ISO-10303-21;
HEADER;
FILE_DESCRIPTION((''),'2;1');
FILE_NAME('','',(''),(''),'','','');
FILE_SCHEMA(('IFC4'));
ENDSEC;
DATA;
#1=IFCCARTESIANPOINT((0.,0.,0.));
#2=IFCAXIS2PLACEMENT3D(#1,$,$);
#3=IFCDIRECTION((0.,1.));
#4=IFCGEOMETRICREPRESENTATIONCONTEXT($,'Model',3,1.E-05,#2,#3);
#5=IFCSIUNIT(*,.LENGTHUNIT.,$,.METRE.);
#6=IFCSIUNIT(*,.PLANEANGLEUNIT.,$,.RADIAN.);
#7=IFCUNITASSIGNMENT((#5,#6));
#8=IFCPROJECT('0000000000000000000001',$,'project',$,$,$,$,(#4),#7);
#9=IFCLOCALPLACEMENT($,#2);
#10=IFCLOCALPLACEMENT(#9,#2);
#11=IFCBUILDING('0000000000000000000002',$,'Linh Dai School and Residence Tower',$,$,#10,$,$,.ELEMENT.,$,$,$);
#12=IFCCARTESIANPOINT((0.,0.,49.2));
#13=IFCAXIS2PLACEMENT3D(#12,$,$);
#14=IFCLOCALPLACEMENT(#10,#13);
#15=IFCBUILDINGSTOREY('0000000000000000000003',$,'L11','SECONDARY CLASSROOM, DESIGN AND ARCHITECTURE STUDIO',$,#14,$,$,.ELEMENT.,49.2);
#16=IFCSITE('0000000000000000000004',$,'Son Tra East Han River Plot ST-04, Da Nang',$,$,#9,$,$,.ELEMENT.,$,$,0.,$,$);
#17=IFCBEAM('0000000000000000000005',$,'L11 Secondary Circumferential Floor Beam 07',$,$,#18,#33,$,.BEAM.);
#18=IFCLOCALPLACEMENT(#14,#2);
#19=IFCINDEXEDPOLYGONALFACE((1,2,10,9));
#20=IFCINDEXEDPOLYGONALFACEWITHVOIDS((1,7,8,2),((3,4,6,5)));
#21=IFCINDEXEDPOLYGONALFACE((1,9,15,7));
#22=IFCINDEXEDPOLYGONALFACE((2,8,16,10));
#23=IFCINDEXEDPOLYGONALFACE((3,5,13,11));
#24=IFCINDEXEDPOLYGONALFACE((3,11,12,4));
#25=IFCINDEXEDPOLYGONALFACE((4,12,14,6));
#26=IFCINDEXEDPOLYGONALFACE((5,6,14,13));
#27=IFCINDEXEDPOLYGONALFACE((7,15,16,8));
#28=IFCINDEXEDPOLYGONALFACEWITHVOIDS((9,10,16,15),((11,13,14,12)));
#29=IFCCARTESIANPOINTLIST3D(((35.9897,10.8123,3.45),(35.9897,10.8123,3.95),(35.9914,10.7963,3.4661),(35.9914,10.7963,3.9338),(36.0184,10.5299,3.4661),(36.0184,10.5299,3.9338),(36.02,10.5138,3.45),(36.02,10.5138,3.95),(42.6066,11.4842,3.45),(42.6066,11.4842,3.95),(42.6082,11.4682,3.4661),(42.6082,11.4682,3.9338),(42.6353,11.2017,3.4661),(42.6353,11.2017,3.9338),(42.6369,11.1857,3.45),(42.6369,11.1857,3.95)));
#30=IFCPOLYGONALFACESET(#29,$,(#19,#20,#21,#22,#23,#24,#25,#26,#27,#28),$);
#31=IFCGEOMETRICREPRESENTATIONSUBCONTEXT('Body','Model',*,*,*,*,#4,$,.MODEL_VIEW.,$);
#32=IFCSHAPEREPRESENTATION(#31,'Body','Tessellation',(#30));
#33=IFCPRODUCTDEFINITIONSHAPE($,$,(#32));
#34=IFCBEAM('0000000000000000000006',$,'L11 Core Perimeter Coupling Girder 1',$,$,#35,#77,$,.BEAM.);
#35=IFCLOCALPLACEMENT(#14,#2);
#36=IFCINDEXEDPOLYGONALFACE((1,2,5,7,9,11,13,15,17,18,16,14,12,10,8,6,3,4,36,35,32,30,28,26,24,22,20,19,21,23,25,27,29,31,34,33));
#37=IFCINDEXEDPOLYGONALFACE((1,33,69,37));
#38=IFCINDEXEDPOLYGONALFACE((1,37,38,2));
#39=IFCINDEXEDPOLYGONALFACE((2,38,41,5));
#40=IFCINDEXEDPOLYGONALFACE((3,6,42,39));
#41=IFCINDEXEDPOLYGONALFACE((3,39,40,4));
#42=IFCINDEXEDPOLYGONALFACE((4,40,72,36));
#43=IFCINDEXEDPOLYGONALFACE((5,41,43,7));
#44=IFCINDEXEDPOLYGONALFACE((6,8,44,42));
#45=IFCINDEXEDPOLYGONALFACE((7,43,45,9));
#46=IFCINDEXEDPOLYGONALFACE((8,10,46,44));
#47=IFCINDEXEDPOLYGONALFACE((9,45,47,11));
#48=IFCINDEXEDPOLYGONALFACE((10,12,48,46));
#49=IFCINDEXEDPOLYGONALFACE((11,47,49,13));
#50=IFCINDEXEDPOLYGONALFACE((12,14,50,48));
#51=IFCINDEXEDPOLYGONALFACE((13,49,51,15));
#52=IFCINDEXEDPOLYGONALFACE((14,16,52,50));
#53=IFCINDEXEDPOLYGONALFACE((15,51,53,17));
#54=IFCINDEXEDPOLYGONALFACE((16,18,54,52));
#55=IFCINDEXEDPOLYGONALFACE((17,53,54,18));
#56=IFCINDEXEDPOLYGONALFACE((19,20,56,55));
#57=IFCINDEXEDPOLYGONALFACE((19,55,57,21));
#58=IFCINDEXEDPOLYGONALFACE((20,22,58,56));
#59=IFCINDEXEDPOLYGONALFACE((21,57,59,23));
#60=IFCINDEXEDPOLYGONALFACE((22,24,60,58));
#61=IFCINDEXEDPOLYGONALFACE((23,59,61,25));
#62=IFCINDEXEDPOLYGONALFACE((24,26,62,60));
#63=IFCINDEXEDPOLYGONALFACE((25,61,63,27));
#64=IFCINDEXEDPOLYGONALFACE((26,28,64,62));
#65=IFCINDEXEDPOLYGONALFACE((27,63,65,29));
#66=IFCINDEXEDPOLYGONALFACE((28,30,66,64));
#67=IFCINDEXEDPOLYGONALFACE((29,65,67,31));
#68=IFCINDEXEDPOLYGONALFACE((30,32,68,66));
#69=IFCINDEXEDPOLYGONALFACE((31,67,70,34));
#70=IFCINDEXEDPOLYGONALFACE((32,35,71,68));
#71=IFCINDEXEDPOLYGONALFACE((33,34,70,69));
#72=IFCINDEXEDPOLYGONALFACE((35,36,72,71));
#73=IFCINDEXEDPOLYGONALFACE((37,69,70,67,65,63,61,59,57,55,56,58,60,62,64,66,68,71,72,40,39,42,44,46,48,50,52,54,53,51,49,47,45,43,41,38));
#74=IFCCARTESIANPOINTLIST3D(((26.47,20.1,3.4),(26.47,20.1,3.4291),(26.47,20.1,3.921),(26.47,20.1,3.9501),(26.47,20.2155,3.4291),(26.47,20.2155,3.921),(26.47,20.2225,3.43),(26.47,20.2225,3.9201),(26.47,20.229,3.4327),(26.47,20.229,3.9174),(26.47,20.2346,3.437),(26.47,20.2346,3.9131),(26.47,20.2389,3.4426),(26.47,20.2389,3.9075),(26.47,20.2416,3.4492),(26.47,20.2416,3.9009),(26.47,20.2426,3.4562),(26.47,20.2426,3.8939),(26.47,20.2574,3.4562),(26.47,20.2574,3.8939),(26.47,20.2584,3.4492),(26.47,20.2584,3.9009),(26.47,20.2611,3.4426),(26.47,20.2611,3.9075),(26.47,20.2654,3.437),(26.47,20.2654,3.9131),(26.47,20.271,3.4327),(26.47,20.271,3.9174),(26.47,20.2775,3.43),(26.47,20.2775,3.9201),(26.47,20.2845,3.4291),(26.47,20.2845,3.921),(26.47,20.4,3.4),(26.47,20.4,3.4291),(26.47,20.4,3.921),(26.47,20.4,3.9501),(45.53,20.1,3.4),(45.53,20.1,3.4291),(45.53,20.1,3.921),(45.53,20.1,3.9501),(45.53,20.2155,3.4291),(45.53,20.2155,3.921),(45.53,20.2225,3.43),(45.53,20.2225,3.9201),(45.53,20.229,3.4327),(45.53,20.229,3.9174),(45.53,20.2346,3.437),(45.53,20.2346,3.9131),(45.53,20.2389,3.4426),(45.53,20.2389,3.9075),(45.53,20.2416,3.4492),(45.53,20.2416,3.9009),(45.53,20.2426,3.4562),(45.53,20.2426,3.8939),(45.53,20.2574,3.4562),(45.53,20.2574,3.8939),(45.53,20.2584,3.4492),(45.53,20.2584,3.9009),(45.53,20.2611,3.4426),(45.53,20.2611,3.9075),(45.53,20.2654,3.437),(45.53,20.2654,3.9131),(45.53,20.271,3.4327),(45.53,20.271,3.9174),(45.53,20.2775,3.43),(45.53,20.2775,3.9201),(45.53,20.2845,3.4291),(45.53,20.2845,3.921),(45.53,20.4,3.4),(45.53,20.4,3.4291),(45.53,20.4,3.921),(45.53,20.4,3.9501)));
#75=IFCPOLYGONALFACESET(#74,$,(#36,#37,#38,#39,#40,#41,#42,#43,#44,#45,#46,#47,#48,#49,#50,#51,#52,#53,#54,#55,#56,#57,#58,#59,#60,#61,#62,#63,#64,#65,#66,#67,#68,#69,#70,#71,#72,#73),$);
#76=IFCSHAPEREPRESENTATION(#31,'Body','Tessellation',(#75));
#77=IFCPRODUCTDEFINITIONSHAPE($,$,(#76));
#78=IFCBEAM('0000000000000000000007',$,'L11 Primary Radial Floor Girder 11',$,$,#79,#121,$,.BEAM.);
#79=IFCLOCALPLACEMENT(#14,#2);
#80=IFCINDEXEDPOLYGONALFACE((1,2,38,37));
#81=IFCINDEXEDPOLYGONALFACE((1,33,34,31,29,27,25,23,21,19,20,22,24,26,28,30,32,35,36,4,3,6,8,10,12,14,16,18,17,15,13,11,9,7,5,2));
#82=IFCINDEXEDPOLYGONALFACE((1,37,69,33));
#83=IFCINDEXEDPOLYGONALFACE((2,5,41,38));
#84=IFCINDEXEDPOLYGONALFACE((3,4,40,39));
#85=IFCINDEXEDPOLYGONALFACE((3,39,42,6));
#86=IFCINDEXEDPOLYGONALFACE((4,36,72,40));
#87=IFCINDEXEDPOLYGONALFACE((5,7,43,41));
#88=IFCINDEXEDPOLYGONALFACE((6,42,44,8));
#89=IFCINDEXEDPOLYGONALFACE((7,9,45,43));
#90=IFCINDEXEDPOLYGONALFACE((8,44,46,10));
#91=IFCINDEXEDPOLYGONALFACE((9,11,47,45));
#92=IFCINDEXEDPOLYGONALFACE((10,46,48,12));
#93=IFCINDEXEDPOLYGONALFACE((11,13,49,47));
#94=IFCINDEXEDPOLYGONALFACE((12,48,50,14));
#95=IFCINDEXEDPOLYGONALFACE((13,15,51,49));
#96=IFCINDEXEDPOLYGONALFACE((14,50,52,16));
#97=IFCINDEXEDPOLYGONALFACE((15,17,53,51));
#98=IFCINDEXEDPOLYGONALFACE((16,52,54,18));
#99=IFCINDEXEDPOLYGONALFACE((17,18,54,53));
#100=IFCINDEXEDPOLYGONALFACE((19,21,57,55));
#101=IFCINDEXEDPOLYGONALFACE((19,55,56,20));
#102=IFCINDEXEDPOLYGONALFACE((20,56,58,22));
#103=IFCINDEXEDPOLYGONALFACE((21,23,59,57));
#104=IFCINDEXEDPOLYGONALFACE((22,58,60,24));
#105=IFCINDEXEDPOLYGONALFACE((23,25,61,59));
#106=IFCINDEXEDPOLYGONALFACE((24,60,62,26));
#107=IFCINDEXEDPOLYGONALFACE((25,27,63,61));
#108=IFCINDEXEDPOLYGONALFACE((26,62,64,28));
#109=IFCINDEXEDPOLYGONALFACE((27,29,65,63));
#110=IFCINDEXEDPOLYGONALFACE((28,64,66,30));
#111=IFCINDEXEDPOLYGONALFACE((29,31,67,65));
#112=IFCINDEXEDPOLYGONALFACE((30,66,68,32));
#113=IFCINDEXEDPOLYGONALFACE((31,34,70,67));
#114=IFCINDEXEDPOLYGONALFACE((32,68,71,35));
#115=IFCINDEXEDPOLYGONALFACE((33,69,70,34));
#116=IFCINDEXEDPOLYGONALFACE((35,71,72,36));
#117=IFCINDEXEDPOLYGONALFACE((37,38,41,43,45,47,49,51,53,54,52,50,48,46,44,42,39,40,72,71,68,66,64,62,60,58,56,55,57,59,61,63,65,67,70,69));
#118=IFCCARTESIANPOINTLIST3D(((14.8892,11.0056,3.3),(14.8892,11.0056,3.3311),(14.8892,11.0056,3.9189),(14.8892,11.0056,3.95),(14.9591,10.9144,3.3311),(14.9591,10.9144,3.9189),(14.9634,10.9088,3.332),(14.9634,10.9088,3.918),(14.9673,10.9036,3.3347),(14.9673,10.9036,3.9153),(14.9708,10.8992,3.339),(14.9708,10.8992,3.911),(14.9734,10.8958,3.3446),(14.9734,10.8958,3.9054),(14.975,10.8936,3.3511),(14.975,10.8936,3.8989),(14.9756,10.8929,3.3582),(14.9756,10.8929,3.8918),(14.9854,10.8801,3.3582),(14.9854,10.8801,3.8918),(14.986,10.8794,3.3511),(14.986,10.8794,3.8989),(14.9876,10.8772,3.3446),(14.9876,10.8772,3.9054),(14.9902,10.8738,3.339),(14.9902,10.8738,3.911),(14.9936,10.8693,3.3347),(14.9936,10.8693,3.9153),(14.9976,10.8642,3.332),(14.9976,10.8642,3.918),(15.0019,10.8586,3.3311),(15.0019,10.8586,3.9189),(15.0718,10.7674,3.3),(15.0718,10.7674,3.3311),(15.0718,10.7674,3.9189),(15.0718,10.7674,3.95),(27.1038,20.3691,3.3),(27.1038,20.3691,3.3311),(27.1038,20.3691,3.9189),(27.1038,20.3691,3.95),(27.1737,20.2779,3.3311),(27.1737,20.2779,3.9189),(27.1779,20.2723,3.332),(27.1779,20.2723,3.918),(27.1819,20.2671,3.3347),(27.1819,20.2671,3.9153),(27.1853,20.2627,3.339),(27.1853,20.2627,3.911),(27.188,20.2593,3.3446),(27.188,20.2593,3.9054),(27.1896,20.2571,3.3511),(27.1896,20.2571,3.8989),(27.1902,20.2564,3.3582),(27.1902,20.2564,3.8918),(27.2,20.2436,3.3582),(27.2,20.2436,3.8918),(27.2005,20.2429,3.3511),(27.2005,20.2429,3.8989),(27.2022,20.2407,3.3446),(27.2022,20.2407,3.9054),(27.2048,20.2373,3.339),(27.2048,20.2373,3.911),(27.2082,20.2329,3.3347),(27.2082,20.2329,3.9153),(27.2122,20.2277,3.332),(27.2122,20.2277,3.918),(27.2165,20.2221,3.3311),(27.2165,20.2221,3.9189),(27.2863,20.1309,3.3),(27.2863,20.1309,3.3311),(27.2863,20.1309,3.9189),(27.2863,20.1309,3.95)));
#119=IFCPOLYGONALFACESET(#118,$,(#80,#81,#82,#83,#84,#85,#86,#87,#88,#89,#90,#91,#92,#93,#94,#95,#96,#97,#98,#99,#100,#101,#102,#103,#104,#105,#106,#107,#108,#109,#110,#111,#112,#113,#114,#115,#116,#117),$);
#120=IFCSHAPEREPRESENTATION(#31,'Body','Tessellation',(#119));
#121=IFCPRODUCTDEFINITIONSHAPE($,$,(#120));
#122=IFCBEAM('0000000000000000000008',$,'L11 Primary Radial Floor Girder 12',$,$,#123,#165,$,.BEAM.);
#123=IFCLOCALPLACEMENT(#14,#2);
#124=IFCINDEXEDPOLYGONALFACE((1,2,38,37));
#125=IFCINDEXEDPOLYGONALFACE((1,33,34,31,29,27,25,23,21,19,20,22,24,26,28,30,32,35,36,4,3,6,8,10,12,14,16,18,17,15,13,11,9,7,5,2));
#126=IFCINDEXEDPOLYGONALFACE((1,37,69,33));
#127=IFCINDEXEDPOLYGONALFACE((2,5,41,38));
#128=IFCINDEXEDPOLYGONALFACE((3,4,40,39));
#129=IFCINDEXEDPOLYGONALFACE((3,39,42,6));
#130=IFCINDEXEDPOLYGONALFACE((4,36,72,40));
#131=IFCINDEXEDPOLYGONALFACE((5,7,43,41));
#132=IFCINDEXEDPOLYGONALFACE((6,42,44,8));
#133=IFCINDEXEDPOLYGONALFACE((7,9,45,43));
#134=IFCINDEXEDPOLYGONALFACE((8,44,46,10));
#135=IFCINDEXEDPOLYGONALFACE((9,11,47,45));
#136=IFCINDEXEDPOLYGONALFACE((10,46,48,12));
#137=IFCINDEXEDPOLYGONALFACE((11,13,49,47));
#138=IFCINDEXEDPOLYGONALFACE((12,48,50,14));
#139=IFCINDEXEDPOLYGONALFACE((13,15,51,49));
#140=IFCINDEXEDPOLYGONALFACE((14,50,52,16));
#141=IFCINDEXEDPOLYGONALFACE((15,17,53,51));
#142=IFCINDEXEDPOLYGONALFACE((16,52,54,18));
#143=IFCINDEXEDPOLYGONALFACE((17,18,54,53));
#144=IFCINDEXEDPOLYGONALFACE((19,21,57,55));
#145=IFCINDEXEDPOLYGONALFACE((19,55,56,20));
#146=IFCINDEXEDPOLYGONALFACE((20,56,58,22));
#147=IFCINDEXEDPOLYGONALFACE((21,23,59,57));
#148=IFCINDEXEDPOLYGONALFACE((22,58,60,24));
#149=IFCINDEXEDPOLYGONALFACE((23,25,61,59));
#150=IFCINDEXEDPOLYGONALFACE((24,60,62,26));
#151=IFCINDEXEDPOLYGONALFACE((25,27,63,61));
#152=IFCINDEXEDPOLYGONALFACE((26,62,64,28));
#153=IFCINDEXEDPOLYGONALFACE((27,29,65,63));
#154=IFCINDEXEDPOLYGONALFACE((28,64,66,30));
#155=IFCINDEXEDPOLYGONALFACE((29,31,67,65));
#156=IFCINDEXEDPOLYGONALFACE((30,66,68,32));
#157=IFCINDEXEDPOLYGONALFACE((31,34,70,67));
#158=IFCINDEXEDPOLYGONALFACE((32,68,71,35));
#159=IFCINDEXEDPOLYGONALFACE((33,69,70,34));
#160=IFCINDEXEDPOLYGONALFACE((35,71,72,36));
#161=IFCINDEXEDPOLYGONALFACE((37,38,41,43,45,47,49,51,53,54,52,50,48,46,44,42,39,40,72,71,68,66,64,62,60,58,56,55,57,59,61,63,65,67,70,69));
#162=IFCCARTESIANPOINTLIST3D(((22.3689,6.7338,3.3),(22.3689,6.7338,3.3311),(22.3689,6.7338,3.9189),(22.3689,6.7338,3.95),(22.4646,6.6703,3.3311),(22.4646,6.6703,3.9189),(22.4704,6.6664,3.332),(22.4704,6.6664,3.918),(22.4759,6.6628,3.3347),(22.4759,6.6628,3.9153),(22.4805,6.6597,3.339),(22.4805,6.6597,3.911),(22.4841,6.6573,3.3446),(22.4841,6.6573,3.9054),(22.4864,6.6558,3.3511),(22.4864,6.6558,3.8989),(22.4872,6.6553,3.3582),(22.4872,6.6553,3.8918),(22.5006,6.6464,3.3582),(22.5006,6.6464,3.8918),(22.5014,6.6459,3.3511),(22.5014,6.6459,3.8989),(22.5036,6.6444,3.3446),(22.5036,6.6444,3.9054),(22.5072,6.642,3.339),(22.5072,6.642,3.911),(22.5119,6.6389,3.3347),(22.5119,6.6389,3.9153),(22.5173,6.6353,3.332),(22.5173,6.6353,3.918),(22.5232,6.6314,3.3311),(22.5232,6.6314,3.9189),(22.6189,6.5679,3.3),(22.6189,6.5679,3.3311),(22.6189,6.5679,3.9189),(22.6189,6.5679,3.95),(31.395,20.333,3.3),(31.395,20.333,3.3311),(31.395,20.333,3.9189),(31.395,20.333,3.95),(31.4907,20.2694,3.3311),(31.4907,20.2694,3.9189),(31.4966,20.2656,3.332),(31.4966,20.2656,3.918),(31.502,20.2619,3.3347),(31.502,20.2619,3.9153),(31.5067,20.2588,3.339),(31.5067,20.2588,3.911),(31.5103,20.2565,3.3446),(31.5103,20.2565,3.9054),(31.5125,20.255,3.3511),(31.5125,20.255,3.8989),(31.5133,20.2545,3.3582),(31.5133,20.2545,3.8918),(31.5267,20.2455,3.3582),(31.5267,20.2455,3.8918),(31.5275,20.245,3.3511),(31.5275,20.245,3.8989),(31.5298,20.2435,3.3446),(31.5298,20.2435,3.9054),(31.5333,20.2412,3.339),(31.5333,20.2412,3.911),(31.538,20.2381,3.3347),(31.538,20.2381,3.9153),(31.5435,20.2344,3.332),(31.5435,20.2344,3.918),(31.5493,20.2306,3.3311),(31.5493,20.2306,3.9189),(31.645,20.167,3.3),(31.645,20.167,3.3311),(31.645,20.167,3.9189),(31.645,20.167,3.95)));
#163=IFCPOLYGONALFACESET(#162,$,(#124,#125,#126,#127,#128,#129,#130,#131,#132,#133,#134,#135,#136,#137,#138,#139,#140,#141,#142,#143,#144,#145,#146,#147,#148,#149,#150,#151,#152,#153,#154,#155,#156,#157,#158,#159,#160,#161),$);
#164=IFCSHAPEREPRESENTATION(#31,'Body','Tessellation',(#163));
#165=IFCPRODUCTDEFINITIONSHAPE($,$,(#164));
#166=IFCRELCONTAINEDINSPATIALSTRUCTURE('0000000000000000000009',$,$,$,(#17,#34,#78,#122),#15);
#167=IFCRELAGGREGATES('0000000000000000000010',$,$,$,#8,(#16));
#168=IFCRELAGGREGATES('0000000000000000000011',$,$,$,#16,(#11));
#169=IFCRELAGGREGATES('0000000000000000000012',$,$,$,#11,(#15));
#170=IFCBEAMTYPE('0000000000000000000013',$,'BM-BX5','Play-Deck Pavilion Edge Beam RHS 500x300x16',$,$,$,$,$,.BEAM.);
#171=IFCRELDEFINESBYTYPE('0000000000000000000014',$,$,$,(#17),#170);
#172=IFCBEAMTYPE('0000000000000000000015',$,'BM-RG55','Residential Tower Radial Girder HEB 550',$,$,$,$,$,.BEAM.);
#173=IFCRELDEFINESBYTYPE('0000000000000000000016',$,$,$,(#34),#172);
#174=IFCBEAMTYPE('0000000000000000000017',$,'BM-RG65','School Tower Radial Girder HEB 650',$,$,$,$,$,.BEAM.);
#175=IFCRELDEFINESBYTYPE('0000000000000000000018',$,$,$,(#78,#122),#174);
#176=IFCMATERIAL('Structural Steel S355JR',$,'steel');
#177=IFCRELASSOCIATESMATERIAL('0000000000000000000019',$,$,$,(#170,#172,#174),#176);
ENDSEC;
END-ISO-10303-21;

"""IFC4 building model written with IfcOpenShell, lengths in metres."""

from ifc_helpers import new_model, si_unit, direction, frame, origin, origin_2d, place, context, subcontext, project, spatial, hollow_rectangle, i_section, extrude, material, material_profile, profile_set, type_object, element, save


model = new_model("IFC4")

# Units and contexts
model_context = context("Model", 3, precision=1e-05, world=origin(), true_north=direction((0.0, 1.0)))
body_context = subcontext(model_context, "Body", "Model", "MODEL_VIEW")
ifc_project = project(units=[si_unit("LENGTHUNIT", "METRE"), si_unit("PLANEANGLEUNIT", "RADIAN")], contexts=[model_context])

# Site, building, storey
site_placement = place(None, origin())
site = spatial("IfcSite", under=ifc_project, at=site_placement, Name="Son Tra East Han River Plot ST-04, Da Nang", CompositionType="ELEMENT", RefElevation=0.0)
building_placement = place(site_placement, origin())
building = spatial("IfcBuilding", under=site, at=building_placement, Name="Linh Dai School and Residence Tower", CompositionType="ELEMENT")
storey_placement = place(building_placement, frame((0.0, 0.0, 49.2)))
storey = spatial("IfcBuildingStorey", under=building, at=storey_placement, Name="L11", Description="SECONDARY CLASSROOM, DESIGN AND ARCHITECTURE STUDIO", CompositionType="ELEMENT", Elevation=49.2)

# Shared definitions
ifc_material_1 = material(Name="Structural Steel S355JR", Category="steel")

# Beams
ifc_material_profile_1 = material_profile(ifc_material_1, hollow_rectangle(XDim=0.3, YDim=0.5, WallThickness=0.0161, at=origin_2d()), Name="RHS 500x300x16")
ifc_profile_set_1 = profile_set([ifc_material_profile_1], Name="Structural Steel S355JR")
beam_type_1 = type_object("IfcBeamType", Name="BM-BX5", Description="Play-Deck Pavilion Edge Beam RHS 500x300x16", PredefinedType="BEAM", material=ifc_profile_set_1)
beam_1_placement = place(storey_placement, frame((36.0049, 10.6631, 3.7), z_axis=(0.994884, 0.101019, 0.0), x_axis=(-0.101019, 0.994884, 0.0)))
element("IfcBeam", 1, at=beam_1_placement, inside=storey, type_object=beam_type_1, Name="L11 Secondary Circumferential Floor Beam 07", PredefinedType="BEAM", context=body_context, shape_type="SweptSolid", body=[
    extrude(hollow_rectangle(XDim=0.3, YDim=0.5, WallThickness=0.0161, at=origin_2d()), origin(), (0.0, 0.0, 1.0), 6.6509),
])
ifc_material_profile_2 = material_profile(ifc_material_1, i_section(OverallWidth=0.3, OverallDepth=0.55, WebThickness=0.0149, FlangeThickness=0.0291, FilletRadius=0.0271, at=origin_2d()), Name="HEB 550")
ifc_profile_set_2 = profile_set([ifc_material_profile_2], Name="Structural Steel S355JR")
beam_type_2 = type_object("IfcBeamType", Name="BM-RG55", Description="Residential Tower Radial Girder HEB 550", PredefinedType="BEAM", material=ifc_profile_set_2)
beam_2_placement = place(storey_placement, frame((26.47, 20.25, 3.675), z_axis=(1.0, 0.0, 0.0), x_axis=(0.0, 1.0, 0.0)))
element("IfcBeam", 2, at=beam_2_placement, inside=storey, type_object=beam_type_2, Name="L11 Core Perimeter Coupling Girder 1", PredefinedType="BEAM", context=body_context, shape_type="SweptSolid", body=[
    extrude(i_section(OverallWidth=0.3, OverallDepth=0.55, WebThickness=0.0149, FlangeThickness=0.0291, FilletRadius=0.0271, at=origin_2d()), origin(), (0.0, 0.0, 1.0), 19.0601),
])
ifc_material_profile_3 = material_profile(ifc_material_1, i_section(OverallWidth=0.3, OverallDepth=0.6499, WebThickness=0.0161, FlangeThickness=0.031, FilletRadius=0.0271, at=origin_2d()), Name="HEB 650")
ifc_profile_set_3 = profile_set([ifc_material_profile_3], Name="Structural Steel S355JR")
beam_type_3 = type_object("IfcBeamType", Name="BM-RG65", Description="School Tower Radial Girder HEB 650", PredefinedType="BEAM", material=ifc_profile_set_3)
beam_3_placement = place(storey_placement, frame((27.1951, 20.25, 3.625), z_axis=(-0.793638, -0.608391, 0.0), x_axis=(0.608391, -0.793638, 0.0)))
element("IfcBeam", 3, at=beam_3_placement, inside=storey, type_object=beam_type_3, Name="L11 Primary Radial Floor Girder 11", PredefinedType="BEAM", context=body_context, shape_type="SweptSolid", body=[
    extrude(i_section(OverallWidth=0.3, OverallDepth=0.6499, WebThickness=0.0161, FlangeThickness=0.031, FilletRadius=0.0271, at=origin_2d()), origin(), (0.0, 0.0, 1.0), 15.3906),
])
beam_4_placement = place(storey_placement, frame((31.52, 20.25, 3.625), z_axis=(-0.553004, -0.833178, 0.0), x_axis=(0.833178, -0.553004, 0.0)))
element("IfcBeam", 4, at=beam_4_placement, inside=storey, type_object=beam_type_3, Name="L11 Primary Radial Floor Girder 12", PredefinedType="BEAM", context=body_context, shape_type="SweptSolid", body=[
    extrude(i_section(OverallWidth=0.3, OverallDepth=0.6499, WebThickness=0.0161, FlangeThickness=0.031, FilletRadius=0.0271, at=origin_2d()), origin(), (0.0, 0.0, 1.0), 16.322),
])

save(model, "model.ifc")
